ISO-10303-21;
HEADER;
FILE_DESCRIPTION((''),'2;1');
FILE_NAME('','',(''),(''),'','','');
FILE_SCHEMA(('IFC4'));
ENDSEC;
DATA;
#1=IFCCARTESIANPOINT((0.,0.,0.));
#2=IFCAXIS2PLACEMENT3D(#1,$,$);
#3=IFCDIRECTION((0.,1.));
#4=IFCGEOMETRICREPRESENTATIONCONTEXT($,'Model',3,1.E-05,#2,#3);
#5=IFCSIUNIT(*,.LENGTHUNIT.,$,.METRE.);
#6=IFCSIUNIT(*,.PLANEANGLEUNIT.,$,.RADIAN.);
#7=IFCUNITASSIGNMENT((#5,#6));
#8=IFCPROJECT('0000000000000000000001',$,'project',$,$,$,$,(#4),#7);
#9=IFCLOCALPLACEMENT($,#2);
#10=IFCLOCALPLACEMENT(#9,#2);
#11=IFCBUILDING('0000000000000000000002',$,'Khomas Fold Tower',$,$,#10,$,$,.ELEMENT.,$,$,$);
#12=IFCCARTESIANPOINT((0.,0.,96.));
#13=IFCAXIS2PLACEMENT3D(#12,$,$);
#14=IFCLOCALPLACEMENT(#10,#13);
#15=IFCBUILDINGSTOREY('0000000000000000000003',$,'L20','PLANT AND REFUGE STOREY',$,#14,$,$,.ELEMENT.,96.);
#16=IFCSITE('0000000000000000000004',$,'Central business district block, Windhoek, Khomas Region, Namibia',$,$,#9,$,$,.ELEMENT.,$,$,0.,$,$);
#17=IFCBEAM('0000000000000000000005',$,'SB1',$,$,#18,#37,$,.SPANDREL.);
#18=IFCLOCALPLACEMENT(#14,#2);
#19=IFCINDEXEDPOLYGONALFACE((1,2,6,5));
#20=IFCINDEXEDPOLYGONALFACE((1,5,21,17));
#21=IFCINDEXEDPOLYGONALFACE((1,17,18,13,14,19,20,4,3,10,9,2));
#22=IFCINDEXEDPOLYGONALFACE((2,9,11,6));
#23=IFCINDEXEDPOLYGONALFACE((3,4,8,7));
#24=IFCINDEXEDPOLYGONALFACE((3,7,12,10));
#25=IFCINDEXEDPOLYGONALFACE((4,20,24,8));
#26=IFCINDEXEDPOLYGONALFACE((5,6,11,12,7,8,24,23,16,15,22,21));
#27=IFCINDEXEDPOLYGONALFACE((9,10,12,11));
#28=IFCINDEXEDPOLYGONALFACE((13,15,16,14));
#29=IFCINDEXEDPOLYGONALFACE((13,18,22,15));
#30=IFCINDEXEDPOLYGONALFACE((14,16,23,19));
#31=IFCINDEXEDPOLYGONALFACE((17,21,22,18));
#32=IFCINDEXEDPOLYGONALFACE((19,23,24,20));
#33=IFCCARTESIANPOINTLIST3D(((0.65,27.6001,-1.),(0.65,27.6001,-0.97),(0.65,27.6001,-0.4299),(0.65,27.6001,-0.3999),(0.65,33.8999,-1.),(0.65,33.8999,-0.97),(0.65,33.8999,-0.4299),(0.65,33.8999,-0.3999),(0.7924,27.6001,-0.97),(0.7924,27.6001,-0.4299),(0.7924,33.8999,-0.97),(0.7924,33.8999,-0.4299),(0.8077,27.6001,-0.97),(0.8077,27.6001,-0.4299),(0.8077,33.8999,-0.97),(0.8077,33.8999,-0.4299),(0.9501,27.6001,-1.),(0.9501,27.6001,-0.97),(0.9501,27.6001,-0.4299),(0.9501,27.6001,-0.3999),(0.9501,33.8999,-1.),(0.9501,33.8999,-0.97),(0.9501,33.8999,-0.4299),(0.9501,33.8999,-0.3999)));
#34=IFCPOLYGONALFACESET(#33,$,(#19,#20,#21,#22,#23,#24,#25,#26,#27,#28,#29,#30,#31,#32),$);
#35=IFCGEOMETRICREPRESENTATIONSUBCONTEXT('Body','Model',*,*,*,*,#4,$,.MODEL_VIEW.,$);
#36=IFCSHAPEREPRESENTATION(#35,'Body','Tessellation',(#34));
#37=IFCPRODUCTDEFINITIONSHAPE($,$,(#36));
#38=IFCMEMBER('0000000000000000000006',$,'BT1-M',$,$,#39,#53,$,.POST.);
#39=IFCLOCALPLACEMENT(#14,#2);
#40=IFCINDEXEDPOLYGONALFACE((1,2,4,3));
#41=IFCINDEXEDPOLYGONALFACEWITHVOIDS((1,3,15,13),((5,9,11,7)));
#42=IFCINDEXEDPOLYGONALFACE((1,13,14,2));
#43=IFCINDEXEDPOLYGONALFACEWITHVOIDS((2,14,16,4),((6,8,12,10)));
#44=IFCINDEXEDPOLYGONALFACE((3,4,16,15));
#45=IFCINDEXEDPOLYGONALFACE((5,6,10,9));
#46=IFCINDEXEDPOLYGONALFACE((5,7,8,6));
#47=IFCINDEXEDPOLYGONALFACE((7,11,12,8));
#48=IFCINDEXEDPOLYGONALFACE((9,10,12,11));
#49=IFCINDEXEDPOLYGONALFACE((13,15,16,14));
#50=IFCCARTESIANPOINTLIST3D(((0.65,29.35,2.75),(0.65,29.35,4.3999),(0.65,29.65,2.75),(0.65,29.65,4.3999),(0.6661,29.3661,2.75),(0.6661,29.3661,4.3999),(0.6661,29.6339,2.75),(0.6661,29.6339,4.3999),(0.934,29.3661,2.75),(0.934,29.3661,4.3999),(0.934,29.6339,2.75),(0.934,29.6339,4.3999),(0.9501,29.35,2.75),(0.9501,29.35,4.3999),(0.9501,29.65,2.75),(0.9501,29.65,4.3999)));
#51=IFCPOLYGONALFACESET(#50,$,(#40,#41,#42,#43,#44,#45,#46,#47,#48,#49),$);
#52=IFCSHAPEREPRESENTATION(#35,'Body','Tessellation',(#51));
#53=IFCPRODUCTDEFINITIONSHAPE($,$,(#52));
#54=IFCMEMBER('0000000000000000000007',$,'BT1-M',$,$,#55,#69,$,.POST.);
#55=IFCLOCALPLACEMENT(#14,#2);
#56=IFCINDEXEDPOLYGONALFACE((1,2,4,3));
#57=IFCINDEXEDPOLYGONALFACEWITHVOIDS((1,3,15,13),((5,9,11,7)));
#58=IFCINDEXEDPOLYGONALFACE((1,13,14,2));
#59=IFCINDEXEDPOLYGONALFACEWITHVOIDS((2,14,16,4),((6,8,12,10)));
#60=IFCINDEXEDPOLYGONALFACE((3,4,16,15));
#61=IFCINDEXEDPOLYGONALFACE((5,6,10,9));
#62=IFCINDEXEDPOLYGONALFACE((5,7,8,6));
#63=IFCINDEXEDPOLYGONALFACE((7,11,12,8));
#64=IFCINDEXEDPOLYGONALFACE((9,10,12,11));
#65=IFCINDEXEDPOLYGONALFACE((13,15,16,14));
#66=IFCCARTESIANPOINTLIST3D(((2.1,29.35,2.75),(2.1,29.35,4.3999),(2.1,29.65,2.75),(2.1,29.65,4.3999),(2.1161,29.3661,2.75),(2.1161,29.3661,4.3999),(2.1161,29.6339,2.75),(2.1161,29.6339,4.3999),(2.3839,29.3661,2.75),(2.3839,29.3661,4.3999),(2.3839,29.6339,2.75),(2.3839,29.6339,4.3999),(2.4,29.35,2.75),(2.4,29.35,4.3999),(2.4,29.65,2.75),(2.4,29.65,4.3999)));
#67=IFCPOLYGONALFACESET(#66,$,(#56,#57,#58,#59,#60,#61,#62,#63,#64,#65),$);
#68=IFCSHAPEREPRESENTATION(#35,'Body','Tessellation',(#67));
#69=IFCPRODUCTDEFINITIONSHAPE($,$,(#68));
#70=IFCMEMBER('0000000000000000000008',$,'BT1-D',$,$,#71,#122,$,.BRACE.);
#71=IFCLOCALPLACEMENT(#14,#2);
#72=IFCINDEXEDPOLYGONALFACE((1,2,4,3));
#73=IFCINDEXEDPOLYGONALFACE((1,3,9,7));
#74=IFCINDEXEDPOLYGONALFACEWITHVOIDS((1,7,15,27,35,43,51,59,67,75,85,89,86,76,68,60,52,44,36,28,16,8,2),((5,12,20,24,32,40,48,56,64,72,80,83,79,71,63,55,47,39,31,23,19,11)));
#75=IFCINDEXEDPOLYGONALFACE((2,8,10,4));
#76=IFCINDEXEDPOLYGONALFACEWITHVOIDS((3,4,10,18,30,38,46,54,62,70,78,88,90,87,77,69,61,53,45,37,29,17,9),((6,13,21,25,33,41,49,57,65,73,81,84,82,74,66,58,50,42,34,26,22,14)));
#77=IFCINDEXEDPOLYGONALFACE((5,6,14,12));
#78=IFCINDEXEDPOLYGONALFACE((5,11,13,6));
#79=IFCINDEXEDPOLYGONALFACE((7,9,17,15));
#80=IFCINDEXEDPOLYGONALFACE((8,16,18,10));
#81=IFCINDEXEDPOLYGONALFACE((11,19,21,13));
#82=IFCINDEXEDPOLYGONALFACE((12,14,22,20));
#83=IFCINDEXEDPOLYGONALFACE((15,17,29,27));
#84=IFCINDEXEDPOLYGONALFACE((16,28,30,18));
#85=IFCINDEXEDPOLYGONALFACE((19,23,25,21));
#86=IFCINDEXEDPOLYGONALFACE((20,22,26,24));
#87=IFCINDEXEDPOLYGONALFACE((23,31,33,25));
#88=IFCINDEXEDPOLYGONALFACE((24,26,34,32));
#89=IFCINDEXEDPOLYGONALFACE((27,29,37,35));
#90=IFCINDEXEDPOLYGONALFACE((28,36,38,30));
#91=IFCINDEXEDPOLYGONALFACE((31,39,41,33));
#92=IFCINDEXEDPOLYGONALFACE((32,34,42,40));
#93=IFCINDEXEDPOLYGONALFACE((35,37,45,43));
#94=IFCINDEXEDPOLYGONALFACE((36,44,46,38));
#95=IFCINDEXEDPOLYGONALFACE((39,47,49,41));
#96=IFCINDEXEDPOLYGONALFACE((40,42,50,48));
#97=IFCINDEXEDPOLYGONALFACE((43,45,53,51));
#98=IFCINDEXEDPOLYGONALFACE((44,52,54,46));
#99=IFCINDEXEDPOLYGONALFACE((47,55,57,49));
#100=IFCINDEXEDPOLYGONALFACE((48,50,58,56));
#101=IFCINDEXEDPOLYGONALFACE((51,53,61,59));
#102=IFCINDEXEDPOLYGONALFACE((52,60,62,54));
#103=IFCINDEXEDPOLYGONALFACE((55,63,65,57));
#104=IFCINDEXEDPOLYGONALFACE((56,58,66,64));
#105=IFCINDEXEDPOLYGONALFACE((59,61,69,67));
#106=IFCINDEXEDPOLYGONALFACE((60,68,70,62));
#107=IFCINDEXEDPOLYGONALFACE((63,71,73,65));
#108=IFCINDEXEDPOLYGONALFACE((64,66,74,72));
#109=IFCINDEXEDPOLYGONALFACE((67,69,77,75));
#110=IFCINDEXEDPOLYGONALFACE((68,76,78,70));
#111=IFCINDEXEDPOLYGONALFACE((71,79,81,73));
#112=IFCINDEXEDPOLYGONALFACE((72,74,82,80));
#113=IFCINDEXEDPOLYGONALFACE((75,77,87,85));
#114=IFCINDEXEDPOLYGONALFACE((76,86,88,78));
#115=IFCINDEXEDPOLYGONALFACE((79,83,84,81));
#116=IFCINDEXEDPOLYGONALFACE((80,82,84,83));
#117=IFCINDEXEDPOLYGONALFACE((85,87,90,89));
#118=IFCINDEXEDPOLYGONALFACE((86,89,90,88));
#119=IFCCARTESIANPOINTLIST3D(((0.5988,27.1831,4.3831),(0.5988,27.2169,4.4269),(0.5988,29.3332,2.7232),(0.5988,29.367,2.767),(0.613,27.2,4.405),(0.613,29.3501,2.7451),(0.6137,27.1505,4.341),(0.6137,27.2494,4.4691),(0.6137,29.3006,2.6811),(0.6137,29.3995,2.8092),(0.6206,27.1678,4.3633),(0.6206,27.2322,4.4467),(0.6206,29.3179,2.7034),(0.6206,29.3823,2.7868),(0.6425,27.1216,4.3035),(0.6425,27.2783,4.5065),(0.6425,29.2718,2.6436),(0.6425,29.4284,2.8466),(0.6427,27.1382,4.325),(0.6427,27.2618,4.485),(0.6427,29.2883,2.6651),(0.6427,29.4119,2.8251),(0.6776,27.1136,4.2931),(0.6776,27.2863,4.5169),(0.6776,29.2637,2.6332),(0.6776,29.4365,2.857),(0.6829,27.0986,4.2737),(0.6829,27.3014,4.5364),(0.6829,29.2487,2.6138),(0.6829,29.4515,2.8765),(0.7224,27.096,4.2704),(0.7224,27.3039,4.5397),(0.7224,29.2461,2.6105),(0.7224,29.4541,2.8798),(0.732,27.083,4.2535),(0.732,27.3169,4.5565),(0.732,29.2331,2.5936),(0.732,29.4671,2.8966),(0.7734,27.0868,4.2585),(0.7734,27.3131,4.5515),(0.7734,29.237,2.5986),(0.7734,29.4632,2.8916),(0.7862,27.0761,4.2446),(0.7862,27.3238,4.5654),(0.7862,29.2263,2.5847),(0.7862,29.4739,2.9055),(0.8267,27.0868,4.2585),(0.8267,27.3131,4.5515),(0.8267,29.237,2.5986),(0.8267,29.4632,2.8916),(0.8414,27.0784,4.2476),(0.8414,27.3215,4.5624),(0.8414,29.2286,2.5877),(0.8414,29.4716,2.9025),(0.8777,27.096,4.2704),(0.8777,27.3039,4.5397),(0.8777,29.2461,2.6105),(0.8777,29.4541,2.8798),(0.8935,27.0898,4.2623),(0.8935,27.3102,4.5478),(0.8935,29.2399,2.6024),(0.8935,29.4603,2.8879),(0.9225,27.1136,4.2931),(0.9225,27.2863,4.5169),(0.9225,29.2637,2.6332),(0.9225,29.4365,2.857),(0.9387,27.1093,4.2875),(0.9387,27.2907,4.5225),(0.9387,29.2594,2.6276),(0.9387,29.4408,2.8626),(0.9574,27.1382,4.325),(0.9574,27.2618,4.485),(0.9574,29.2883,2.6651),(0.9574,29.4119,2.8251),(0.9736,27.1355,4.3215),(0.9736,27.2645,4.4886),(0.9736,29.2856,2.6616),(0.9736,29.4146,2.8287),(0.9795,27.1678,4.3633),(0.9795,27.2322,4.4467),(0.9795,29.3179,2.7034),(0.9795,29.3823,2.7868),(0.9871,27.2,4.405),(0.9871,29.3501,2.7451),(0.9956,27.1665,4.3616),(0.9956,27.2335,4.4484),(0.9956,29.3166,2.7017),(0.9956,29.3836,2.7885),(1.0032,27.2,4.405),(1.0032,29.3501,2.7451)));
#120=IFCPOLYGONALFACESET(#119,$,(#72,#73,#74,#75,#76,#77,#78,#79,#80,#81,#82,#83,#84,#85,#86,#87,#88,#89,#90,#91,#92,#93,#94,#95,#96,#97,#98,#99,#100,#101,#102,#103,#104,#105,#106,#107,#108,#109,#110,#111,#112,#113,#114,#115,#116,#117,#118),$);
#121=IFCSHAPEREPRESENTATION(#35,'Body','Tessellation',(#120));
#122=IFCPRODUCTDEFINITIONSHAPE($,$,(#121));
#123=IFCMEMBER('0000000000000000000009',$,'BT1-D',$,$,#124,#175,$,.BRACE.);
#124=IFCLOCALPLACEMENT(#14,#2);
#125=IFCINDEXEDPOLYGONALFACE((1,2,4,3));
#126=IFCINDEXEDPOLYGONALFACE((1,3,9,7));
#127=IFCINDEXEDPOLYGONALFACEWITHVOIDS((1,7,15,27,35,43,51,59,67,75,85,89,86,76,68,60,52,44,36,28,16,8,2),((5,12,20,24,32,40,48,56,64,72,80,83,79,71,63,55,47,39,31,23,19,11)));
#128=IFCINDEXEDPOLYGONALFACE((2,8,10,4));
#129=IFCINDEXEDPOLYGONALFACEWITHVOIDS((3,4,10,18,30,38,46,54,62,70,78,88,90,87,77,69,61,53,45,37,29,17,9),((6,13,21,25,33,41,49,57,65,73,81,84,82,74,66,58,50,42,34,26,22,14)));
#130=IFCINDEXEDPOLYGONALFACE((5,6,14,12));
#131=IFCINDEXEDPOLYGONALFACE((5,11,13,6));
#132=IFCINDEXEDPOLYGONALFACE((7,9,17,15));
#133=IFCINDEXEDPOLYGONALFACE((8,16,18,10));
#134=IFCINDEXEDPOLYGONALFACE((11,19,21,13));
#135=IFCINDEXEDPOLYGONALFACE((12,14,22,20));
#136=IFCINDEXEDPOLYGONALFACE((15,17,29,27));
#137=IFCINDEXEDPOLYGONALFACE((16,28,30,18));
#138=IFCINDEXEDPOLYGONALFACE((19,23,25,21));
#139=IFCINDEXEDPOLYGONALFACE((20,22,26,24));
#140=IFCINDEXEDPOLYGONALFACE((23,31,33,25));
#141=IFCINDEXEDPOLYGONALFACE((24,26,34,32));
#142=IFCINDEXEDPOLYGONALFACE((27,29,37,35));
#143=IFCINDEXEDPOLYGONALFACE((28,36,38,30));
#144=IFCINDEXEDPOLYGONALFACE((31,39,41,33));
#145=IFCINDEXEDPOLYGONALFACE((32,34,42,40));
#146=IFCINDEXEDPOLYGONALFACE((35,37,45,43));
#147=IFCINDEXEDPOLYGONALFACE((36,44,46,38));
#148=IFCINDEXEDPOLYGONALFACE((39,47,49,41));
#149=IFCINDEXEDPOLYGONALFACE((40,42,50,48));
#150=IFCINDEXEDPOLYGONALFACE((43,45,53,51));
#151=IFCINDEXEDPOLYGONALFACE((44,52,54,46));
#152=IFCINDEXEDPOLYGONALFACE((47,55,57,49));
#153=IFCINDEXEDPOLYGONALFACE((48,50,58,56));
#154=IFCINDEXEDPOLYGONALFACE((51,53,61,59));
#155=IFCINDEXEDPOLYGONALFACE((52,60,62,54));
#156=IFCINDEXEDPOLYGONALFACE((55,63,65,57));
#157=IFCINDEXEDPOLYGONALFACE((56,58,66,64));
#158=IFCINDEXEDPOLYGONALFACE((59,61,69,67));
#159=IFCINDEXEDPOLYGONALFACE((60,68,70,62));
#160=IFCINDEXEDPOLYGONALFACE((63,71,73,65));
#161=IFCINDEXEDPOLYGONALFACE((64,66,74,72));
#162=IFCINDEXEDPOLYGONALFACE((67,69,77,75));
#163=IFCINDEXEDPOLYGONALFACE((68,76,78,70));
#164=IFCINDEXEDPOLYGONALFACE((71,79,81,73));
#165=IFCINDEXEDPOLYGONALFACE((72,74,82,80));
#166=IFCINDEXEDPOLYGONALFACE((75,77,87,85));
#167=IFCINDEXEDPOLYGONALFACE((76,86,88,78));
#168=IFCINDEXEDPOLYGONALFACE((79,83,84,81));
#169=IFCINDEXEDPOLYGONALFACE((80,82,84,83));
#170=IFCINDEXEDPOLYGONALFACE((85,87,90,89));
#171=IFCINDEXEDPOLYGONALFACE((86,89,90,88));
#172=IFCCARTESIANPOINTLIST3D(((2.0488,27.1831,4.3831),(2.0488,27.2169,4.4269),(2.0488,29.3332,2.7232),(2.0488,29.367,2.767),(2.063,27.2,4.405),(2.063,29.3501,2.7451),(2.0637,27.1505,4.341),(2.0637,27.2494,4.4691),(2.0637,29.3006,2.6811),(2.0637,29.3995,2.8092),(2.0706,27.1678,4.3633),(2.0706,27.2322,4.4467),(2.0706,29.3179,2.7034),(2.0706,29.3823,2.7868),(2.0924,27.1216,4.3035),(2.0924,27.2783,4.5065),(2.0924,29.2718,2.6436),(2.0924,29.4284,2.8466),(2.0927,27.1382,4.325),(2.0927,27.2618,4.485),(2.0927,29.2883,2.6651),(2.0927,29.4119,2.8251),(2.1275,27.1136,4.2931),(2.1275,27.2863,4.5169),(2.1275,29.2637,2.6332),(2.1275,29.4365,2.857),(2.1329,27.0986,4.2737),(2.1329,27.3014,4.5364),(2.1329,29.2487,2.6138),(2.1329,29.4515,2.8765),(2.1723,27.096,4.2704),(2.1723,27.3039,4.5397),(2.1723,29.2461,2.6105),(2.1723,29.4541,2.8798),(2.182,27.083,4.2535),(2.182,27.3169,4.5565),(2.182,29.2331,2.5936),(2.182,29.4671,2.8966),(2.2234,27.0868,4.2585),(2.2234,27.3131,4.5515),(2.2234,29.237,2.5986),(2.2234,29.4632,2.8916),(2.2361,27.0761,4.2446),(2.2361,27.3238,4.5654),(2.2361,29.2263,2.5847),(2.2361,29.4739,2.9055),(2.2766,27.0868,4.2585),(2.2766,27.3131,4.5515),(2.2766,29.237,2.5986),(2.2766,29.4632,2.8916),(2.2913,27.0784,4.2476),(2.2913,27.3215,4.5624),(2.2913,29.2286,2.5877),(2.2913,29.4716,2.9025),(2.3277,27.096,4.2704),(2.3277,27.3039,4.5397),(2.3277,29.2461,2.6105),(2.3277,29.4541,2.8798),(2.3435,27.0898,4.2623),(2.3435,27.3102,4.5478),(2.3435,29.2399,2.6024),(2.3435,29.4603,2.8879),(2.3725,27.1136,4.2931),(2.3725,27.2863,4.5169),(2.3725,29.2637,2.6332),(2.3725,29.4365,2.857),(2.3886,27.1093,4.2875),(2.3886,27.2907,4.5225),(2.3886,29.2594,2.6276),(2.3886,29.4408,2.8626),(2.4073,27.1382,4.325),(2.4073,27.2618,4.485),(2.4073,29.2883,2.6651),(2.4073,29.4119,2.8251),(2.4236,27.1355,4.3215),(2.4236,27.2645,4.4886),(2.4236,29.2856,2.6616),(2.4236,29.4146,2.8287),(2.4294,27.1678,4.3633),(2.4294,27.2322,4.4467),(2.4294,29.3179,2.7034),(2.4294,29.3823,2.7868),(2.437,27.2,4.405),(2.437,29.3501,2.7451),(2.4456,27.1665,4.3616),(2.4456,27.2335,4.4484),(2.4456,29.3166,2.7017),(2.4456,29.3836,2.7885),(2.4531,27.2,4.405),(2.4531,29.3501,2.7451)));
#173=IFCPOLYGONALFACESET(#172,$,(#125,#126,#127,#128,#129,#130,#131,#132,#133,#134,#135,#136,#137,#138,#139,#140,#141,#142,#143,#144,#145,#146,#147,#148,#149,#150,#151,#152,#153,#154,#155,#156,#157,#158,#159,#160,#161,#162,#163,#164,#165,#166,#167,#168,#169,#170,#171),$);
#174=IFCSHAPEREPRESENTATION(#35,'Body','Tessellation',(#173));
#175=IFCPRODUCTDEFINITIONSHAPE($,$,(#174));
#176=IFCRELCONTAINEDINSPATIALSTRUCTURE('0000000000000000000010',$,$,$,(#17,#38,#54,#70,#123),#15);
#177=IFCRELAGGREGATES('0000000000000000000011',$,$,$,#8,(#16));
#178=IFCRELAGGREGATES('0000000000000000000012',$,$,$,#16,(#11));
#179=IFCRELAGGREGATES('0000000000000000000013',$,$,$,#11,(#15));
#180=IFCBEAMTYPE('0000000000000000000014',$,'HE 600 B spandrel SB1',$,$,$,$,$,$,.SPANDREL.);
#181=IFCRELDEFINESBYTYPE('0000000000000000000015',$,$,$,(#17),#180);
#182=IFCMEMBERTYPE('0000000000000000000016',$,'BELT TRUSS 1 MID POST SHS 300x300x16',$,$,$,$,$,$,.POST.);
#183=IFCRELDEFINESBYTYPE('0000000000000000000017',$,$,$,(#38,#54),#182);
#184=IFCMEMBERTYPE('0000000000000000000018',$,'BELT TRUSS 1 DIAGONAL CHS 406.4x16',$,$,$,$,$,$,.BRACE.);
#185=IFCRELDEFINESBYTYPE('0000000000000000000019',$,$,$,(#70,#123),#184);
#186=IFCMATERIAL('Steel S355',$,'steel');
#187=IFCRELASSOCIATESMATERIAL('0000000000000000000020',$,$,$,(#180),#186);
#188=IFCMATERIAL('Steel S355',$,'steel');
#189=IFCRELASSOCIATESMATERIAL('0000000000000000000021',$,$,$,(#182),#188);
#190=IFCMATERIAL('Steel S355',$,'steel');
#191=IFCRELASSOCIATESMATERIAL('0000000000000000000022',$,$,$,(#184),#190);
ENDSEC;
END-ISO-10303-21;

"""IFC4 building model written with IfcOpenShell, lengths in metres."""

from ifc_helpers import new_model, si_unit, direction, frame, origin, origin_2d, place, context, subcontext, project, spatial, hollow_rectangle, hollow_circle, i_section, extrude, source, transform, mapped, material, material_profile, profile_set, type_object, element, save


model = new_model("IFC4")

# Units and contexts
model_context = context("Model", 3, precision=1e-05, world=origin(), true_north=direction((0.0, 1.0)))
body_context = subcontext(model_context, "Body", "Model", "MODEL_VIEW")
ifc_project = project(units=[si_unit("LENGTHUNIT", "METRE"), si_unit("PLANEANGLEUNIT", "RADIAN")], contexts=[model_context])

# Site, building, storey
site_placement = place(None, origin())
site = spatial("IfcSite", under=ifc_project, at=site_placement, Name="Central business district block, Windhoek, Khomas Region, Namibia", CompositionType="ELEMENT", RefElevation=0.0)
building_placement = place(site_placement, origin())
building = spatial("IfcBuilding", under=site, at=building_placement, Name="Khomas Fold Tower", CompositionType="ELEMENT")
storey_placement = place(building_placement, frame((0.0, 0.0, 96.0)))
storey = spatial("IfcBuildingStorey", under=building, at=storey_placement, Name="L20", Description="PLANT AND REFUGE STOREY", CompositionType="ELEMENT", Elevation=96.0)

# Beam
ifc_material_1 = material(Name="Steel S355", Category="steel")
ifc_material_profile_1 = material_profile(ifc_material_1, i_section(OverallWidth=0.3, OverallDepth=0.6001, WebThickness=0.0154, FlangeThickness=0.03, at=origin_2d()), Name="HE 600 B")
ifc_profile_set_1 = profile_set([ifc_material_profile_1], Name="Steel S355")
beam_type = type_object("IfcBeamType", Name="HE 600 B spandrel SB1", PredefinedType="SPANDREL", material=ifc_profile_set_1)
shared_shape_1 = source(origin(), body_context, "Body", "SweptSolid", [
    extrude(i_section(OverallWidth=0.3, OverallDepth=0.6001, WebThickness=0.0154, FlangeThickness=0.03, at=origin_2d()), origin(), (0.0, 0.0, 1.0), 6.2998),
])
beam_placement = place(storey_placement, frame((0.8, 27.6001, -0.7), z_axis=(0.0, 1.0, 0.0), x_axis=(-1.0, 0.0, 0.0)))
element("IfcBeam", 1, at=beam_placement, inside=storey, type_object=beam_type, Name="SB1", PredefinedType="SPANDREL", context=body_context, shape_type="MappedRepresentation", body=[
    mapped(shared_shape_1, transform((0.0, 0.0, 0.0))),
])

# Members
ifc_material_2 = material(Name="Steel S355", Category="steel")
ifc_material_profile_2 = material_profile(ifc_material_2, hollow_rectangle(XDim=0.3, YDim=0.3, WallThickness=0.0161, at=origin_2d()), Name="SHS 300x300x16")
ifc_profile_set_2 = profile_set([ifc_material_profile_2], Name="Steel S355")
member_type_1 = type_object("IfcMemberType", Name="BELT TRUSS 1 MID POST SHS 300x300x16", PredefinedType="POST", material=ifc_profile_set_2)
shared_shape_2 = source(origin(), body_context, "Body", "SweptSolid", [
    extrude(hollow_rectangle(XDim=0.3, YDim=0.3, WallThickness=0.0161, at=origin_2d()), origin(), (0.0, 0.0, 1.0), 1.6499),
])
for number, where, z_axis, x_axis, name in (
    (2, (0.8, 29.5, 2.75), (0.0, 0.0, 1.0), (1.0, 0.0, 0.0), "BT1-M"),
    (3, (2.25, 29.5, 2.75), (0.0, 0.0, 1.0), (1.0, 0.0, 0.0), "BT1-M"),
):
    element("IfcMember", number, at=place(storey_placement, frame(where, z_axis=z_axis, x_axis=x_axis)), inside=storey, type_object=member_type_1, Name=name, PredefinedType="POST", context=body_context, shape_type="MappedRepresentation", body=[
        mapped(shared_shape_2, transform((0.0, 0.0, 0.0))),
    ])
ifc_material_3 = material(Name="Steel S355", Category="steel")
ifc_material_profile_3 = material_profile(ifc_material_3, hollow_circle(Radius=0.2031, WallThickness=0.0161, at=origin_2d()), Name="CHS 406.4x16")
ifc_profile_set_3 = profile_set([ifc_material_profile_3], Name="Steel S355")
member_type_2 = type_object("IfcMemberType", Name="BELT TRUSS 1 DIAGONAL CHS 406.4x16", PredefinedType="BRACE", material=ifc_profile_set_3)
shared_shape_3 = source(origin(), body_context, "Body", "SweptSolid", [
    extrude(hollow_circle(Radius=0.2031, WallThickness=0.0161, at=origin_2d()), origin(), (0.0, 0.0, 1.0), 2.7163),
])
for number, where, z_axis, x_axis, name in (
    (4, (0.8, 29.3501, 2.7451), (0.0, -0.791564, 0.611087), (1.0, 0.0, 0.0), "BT1-D"),
    (5, (2.25, 29.3501, 2.7451), (0.0, -0.791564, 0.611087), (1.0, 0.0, 0.0), "BT1-D"),
):
    element("IfcMember", number, at=place(storey_placement, frame(where, z_axis=z_axis, x_axis=x_axis)), inside=storey, type_object=member_type_2, Name=name, PredefinedType="BRACE", context=body_context, shape_type="MappedRepresentation", body=[
        mapped(shared_shape_3, transform((0.0, 0.0, 0.0))),
    ])

save(model, "model.ifc")
